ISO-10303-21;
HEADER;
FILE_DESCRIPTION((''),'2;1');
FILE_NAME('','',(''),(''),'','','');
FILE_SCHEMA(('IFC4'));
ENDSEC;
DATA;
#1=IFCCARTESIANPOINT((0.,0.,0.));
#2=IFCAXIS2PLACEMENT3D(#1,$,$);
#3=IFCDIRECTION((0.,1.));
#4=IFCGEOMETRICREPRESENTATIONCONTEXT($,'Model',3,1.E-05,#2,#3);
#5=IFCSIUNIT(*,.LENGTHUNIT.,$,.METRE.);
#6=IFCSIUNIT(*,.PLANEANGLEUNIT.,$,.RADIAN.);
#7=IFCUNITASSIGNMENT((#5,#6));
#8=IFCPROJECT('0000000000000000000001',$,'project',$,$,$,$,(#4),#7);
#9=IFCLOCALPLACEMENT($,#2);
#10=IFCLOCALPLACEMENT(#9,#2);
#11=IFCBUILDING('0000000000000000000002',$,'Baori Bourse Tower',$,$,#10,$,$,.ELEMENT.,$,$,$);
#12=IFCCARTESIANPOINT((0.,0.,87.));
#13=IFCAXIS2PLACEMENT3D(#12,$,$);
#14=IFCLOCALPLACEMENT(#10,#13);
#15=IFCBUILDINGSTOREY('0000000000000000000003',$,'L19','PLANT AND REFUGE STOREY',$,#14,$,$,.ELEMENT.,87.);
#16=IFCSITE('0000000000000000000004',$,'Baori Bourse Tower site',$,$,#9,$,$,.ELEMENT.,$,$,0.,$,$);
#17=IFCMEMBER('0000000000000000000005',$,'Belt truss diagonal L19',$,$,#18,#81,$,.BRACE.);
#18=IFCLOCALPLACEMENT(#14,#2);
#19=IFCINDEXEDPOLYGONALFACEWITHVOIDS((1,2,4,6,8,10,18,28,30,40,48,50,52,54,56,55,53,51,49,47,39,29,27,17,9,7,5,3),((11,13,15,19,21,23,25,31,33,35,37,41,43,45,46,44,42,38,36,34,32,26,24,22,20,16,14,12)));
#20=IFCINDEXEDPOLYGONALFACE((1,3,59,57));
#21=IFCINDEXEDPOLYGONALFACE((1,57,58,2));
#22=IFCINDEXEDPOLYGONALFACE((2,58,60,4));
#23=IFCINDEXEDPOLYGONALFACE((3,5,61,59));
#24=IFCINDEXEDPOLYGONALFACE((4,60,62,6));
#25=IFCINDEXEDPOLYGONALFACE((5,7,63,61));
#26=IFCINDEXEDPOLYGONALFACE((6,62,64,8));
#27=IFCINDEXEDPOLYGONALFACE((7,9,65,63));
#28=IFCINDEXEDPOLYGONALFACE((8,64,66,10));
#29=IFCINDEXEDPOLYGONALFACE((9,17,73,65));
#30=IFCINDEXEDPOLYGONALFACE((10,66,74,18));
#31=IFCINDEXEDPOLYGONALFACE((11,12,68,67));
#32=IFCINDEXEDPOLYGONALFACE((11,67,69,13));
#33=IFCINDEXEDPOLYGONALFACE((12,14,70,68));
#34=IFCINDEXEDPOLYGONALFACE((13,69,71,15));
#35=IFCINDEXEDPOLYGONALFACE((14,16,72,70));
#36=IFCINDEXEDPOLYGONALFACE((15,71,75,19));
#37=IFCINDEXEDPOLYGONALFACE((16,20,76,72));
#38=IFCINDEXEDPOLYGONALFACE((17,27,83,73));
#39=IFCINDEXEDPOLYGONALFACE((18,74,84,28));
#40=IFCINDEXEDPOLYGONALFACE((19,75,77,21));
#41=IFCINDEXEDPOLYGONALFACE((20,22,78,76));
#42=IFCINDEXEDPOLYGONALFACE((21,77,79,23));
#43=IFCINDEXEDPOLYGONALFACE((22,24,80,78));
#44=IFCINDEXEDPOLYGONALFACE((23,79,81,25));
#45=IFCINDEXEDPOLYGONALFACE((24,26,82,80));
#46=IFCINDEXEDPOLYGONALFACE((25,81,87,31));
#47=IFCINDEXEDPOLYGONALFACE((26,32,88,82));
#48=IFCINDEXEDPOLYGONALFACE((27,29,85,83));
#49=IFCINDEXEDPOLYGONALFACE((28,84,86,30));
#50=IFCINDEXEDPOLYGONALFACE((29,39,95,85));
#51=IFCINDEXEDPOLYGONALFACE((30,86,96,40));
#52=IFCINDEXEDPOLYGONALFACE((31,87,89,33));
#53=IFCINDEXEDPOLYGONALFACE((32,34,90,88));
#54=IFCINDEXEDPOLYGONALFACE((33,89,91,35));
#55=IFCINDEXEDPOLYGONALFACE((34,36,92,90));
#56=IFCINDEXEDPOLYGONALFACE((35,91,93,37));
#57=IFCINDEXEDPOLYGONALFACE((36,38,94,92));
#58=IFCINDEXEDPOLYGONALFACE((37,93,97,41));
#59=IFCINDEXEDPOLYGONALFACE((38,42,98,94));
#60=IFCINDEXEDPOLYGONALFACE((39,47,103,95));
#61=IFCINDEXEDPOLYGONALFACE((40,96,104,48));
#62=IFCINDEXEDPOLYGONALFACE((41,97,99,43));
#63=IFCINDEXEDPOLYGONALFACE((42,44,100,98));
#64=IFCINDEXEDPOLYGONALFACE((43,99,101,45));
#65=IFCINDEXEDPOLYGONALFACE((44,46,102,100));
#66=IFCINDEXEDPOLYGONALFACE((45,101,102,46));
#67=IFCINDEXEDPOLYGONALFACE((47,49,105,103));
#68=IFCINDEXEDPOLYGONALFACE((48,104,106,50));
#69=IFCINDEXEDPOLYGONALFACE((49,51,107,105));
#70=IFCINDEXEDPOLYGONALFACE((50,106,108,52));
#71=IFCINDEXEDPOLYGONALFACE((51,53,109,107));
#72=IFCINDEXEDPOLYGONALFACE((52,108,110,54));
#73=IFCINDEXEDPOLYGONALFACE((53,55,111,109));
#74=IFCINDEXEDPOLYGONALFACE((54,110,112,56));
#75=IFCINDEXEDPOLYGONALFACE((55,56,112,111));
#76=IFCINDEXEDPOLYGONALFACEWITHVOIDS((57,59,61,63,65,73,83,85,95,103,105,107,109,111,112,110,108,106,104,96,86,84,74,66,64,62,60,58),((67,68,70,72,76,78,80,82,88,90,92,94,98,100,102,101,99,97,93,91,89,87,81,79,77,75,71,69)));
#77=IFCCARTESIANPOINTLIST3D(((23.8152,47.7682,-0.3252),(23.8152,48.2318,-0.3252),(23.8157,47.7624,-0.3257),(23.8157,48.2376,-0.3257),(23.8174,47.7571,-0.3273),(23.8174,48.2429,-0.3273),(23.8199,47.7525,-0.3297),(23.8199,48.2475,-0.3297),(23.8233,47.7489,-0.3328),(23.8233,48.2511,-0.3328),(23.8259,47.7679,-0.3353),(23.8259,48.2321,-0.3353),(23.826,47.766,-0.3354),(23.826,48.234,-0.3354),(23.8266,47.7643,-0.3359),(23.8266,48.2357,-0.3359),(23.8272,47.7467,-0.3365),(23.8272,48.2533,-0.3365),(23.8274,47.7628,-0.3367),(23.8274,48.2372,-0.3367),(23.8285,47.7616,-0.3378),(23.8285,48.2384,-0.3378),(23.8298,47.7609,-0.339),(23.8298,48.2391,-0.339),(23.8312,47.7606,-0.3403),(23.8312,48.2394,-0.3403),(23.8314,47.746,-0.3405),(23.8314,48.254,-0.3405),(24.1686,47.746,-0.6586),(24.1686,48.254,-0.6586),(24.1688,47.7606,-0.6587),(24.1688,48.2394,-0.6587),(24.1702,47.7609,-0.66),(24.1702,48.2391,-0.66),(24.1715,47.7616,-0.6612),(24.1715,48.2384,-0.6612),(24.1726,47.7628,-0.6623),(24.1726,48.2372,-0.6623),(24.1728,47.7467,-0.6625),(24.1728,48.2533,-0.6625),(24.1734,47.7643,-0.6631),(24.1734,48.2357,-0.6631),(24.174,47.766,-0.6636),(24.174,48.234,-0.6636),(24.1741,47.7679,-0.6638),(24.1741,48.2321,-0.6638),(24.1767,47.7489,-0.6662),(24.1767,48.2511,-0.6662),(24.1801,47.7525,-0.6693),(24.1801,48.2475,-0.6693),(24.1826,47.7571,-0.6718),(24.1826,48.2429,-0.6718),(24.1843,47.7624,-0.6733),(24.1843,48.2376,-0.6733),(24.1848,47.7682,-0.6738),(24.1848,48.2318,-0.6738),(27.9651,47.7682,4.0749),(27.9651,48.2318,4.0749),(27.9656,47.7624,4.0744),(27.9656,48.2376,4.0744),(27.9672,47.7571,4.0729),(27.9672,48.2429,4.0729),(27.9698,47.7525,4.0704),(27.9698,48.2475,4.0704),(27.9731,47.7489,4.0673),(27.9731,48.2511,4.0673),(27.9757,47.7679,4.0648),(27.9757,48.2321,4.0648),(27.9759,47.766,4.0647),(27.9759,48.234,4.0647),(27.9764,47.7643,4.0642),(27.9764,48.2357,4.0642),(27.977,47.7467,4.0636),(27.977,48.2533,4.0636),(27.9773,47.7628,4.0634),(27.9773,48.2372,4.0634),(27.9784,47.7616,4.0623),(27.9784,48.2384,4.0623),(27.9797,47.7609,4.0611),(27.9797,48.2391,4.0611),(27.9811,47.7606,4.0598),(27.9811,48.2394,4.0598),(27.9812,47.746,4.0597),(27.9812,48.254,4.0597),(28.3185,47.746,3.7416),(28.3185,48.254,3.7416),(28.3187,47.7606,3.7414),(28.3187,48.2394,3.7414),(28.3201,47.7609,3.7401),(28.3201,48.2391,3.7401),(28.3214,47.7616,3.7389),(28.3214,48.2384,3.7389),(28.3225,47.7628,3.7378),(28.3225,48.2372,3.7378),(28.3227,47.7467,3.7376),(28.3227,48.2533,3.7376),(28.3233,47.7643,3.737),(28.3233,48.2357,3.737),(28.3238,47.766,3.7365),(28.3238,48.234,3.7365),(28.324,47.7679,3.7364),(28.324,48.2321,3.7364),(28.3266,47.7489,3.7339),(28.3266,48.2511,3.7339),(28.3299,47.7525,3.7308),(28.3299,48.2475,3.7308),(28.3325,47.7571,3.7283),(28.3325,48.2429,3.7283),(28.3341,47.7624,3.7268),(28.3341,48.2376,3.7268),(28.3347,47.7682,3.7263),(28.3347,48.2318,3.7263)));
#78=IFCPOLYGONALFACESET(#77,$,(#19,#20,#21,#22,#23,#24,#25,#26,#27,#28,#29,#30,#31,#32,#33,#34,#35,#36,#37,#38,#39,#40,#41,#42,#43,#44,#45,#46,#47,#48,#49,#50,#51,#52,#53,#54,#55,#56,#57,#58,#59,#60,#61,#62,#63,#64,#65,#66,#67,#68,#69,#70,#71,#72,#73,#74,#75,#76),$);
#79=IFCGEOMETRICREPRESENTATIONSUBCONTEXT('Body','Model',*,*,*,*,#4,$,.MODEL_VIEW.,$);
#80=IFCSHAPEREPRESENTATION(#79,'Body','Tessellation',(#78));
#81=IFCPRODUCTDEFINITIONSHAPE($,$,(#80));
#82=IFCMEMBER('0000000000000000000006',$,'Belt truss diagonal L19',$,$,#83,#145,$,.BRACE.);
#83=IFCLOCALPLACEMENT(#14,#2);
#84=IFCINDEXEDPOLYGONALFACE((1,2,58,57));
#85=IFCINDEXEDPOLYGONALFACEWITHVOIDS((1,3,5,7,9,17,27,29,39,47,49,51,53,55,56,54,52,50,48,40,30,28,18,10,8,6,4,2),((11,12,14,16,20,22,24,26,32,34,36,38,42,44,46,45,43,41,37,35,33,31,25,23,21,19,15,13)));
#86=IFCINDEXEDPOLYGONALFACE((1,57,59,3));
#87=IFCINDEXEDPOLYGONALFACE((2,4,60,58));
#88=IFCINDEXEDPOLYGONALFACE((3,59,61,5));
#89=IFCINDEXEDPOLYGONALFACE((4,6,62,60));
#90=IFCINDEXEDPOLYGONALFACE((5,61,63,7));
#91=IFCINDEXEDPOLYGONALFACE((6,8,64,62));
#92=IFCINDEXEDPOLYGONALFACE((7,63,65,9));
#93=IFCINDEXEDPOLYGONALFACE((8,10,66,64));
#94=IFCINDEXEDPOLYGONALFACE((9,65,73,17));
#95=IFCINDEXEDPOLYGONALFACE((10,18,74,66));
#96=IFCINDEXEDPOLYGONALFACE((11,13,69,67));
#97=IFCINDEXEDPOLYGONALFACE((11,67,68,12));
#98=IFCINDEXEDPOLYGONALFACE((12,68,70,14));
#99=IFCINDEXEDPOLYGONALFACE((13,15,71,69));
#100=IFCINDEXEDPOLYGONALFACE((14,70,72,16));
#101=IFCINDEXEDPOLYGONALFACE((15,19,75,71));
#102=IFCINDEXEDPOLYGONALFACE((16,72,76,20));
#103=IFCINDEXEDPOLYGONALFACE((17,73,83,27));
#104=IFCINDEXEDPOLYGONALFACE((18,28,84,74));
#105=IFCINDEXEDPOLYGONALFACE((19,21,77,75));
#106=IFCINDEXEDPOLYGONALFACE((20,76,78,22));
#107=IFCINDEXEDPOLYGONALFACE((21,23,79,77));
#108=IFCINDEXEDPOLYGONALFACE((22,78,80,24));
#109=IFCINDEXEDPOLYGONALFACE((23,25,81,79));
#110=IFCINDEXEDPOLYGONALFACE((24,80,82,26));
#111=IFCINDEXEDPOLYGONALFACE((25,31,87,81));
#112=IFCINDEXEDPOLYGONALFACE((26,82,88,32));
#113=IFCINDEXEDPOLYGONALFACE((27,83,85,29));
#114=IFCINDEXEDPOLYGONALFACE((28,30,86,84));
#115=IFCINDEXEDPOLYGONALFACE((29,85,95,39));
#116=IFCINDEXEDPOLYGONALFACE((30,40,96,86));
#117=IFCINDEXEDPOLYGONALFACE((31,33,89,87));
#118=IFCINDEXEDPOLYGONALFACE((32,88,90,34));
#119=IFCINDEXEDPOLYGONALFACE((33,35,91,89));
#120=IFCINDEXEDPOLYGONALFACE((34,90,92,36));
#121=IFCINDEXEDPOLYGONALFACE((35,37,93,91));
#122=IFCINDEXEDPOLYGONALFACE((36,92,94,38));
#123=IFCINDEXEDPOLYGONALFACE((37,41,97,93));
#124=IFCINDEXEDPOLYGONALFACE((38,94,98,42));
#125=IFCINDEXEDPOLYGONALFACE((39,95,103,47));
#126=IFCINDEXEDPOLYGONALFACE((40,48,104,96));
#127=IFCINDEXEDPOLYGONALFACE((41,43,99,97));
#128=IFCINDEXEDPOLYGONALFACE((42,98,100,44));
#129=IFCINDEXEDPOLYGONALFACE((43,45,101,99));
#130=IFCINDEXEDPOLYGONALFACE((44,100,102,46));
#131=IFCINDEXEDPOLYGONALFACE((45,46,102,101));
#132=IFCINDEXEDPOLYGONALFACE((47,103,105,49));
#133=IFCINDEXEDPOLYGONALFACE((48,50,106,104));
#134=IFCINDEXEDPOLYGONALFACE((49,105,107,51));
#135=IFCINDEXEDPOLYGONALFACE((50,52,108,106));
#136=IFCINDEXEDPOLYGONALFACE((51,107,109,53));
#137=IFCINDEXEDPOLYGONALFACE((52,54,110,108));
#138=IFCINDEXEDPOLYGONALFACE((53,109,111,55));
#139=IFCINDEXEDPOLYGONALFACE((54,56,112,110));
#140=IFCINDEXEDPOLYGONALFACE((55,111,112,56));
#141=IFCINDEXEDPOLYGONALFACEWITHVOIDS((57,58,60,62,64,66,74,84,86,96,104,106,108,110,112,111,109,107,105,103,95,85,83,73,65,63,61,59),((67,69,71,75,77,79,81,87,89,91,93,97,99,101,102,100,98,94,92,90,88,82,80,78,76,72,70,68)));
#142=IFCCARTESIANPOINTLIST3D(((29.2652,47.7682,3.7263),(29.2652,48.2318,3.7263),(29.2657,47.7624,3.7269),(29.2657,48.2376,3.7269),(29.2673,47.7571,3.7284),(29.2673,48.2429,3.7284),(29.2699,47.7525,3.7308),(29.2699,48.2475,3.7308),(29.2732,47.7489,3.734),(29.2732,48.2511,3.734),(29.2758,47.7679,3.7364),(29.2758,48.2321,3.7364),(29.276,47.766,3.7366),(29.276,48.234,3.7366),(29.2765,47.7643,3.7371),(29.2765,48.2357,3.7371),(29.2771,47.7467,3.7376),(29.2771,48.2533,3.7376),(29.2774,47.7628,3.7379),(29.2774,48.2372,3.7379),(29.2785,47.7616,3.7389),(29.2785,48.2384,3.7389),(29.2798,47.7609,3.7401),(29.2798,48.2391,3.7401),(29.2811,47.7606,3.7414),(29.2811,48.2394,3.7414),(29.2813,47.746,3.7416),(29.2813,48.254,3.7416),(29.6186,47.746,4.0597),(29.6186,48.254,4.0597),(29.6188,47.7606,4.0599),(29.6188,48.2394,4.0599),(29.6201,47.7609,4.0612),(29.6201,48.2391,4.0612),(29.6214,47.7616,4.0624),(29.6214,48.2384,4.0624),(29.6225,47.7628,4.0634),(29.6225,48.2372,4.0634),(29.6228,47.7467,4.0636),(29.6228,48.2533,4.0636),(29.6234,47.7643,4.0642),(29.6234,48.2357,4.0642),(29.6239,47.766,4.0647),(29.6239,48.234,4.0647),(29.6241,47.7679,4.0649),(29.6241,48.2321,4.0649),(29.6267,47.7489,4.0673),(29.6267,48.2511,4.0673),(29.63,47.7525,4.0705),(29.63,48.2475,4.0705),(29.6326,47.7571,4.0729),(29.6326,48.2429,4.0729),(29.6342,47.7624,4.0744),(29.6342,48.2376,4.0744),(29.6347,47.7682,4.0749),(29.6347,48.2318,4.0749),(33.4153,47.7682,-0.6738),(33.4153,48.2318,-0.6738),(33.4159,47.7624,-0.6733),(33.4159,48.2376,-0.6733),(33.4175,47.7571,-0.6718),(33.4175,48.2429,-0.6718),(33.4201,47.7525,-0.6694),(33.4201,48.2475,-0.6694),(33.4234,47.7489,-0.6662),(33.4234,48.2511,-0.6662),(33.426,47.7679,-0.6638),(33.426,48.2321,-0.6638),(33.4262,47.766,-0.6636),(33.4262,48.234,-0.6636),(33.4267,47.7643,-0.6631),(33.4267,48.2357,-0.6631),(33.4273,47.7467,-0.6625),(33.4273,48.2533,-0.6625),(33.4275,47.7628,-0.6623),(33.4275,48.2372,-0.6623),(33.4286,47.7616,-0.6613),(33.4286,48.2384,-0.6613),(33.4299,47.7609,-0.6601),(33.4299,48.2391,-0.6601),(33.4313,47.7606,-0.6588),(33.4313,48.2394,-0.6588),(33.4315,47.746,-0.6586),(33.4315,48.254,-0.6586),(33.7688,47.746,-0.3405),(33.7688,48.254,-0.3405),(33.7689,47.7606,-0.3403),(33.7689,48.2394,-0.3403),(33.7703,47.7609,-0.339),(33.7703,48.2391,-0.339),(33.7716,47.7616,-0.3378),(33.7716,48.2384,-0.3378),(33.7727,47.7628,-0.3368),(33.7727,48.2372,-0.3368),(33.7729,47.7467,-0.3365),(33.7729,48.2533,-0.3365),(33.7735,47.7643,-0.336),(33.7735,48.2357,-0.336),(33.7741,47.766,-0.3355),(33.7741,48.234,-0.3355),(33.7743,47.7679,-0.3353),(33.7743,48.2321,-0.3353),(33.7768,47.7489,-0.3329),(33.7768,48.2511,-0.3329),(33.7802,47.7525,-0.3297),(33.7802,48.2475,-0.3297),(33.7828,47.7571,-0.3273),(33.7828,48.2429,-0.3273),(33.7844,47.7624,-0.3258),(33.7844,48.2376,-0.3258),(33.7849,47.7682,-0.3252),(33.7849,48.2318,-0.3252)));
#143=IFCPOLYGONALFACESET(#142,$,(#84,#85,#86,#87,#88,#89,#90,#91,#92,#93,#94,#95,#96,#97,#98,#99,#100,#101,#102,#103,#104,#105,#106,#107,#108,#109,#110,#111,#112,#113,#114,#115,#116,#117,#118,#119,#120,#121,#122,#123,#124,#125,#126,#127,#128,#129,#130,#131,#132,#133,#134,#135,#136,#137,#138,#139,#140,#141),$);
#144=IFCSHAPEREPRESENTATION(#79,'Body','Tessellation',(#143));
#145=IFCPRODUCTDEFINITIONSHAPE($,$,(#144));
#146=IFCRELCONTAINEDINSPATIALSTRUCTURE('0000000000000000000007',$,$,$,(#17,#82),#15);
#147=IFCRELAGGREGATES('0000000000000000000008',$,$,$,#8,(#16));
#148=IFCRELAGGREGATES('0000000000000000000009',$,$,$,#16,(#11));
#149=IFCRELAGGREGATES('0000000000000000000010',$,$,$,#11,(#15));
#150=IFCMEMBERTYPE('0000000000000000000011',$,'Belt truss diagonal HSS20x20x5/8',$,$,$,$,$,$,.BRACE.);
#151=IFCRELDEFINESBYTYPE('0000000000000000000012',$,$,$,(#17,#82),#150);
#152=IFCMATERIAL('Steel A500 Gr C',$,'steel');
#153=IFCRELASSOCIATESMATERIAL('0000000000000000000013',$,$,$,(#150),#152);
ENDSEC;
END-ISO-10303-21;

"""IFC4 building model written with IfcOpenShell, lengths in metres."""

from ifc_helpers import new_model, si_unit, direction, frame, origin, origin_2d, place, context, subcontext, project, spatial, hollow_rectangle, extrude, material, material_profile, profile_set, type_object, element, save


model = new_model("IFC4")

# Units and contexts
model_context = context("Model", 3, precision=1e-05, world=origin(), true_north=direction((0.0, 1.0)))
body_context = subcontext(model_context, "Body", "Model", "MODEL_VIEW")
ifc_project = project(units=[si_unit("LENGTHUNIT", "METRE"), si_unit("PLANEANGLEUNIT", "RADIAN")], contexts=[model_context])

# Site, building, storey
site_placement = place(None, origin())
site = spatial("IfcSite", under=ifc_project, at=site_placement, Name="Baori Bourse Tower site", CompositionType="ELEMENT", RefElevation=0.0)
building_placement = place(site_placement, origin())
building = spatial("IfcBuilding", under=site, at=building_placement, Name="Baori Bourse Tower", CompositionType="ELEMENT")
storey_placement = place(building_placement, frame((0.0, 0.0, 87.0)))
storey = spatial("IfcBuildingStorey", under=building, at=storey_placement, Name="L19", Description="PLANT AND REFUGE STOREY", CompositionType="ELEMENT", Elevation=87.0)

# Members
ifc_material_1 = material(Name="Steel A500 Gr C", Category="steel")
ifc_material_profile_1 = material_profile(ifc_material_1, hollow_rectangle(XDim=0.5081, YDim=0.5081, WallThickness=0.0146, InnerFilletRadius=0.0073, OuterFilletRadius=0.0222, at=origin_2d()), Name="HSS20x20x5/8")
ifc_profile_set_1 = profile_set([ifc_material_profile_1], Name="Steel A500 Gr C")
member_type_1 = type_object("IfcMemberType", Name="Belt truss diagonal HSS20x20x5/8", PredefinedType="BRACE", material=ifc_profile_set_1)
for number, where, z_axis, x_axis, name in (
    (1, (24.0, 48.0, -0.4995), (0.686117, 0.0, 0.727491), (0.0, 1.0, 0.0), "Belt truss diagonal L19"),
):
    element("IfcMember", number, at=place(storey_placement, frame(where, z_axis=z_axis, x_axis=x_axis)), inside=storey, type_object=member_type_1, Name=name, PredefinedType="BRACE", context=body_context, shape_type="SweptSolid", body=[
        extrude(hollow_rectangle(XDim=0.5081, YDim=0.5081, WallThickness=0.0146, InnerFilletRadius=0.0073, OuterFilletRadius=0.0222, at=origin_2d()), origin(), (0.0, 0.0, 1.0), 6.0483),
    ])
member_1_placement = place(storey_placement, frame((29.45, 48.0, 3.9006), z_axis=(0.686139, 0.0, -0.727471), x_axis=(0.0, 1.0, 0.0)))
element("IfcMember", 2, at=member_1_placement, inside=storey, type_object=member_type_1, Name="Belt truss diagonal L19", PredefinedType="BRACE", context=body_context, shape_type="SweptSolid", body=[
    extrude(hollow_rectangle(XDim=0.5081, YDim=0.5081, WallThickness=0.0146, InnerFilletRadius=0.0073, OuterFilletRadius=0.0222, at=origin_2d()), origin(), (0.0, 0.0, 1.0), 6.0486),
])

save(model, "model.ifc")
